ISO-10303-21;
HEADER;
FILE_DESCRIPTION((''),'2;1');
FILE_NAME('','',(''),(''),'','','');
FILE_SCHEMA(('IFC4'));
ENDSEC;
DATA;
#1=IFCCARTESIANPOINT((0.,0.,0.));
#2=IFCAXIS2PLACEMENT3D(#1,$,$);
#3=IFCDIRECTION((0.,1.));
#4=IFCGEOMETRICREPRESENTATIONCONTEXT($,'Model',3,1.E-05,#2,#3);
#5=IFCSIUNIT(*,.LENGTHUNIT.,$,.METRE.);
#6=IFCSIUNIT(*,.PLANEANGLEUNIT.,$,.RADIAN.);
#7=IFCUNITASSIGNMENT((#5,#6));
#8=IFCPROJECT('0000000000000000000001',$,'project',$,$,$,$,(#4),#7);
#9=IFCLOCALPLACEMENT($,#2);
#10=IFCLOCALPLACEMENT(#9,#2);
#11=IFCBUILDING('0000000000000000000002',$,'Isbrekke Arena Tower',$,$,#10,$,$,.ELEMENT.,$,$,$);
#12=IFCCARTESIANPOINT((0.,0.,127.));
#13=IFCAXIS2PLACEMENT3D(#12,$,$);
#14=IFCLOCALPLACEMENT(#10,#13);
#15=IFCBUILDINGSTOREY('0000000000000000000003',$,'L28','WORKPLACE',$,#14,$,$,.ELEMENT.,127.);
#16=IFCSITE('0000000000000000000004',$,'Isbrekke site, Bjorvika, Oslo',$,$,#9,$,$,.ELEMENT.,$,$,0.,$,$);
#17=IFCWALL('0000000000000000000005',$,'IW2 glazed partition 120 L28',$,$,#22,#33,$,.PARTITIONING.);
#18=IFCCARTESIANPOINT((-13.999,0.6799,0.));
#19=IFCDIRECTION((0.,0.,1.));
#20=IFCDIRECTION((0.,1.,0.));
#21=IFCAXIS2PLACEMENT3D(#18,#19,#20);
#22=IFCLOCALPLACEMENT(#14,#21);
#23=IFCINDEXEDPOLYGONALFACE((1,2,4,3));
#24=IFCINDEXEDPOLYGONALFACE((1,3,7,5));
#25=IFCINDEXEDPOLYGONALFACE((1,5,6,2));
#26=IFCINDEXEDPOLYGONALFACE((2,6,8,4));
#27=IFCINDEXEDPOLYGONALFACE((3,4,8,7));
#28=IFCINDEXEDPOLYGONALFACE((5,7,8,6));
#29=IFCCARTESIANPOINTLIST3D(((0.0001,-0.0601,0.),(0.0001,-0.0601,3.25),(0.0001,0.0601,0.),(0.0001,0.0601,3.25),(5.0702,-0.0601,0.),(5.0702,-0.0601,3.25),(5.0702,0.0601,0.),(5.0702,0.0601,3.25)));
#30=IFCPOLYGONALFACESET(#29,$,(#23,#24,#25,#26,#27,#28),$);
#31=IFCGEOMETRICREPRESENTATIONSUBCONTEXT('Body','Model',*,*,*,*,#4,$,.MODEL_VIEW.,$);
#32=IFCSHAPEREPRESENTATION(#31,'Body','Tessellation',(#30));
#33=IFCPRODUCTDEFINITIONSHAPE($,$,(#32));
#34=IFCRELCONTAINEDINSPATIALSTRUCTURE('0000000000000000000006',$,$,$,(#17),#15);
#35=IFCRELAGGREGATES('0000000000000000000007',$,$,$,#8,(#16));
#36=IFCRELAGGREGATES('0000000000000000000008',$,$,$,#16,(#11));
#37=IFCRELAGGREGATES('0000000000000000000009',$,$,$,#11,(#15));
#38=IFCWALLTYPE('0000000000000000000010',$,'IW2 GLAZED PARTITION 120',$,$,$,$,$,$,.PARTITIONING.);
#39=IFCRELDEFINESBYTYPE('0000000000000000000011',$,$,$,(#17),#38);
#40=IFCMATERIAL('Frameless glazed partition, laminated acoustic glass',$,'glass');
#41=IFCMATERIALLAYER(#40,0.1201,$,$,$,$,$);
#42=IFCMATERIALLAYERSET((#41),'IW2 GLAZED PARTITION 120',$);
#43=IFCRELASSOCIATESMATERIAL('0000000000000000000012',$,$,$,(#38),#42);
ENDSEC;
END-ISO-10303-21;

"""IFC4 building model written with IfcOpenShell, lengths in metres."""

from ifc_helpers import new_model, si_unit, direction, frame, frame_2d, origin, place, context, subcontext, project, spatial, rectangle, extrude, material, layer, layer_set, type_object, element, save


model = new_model("IFC4")

# Units and contexts
model_context = context("Model", 3, precision=1e-05, world=origin(), true_north=direction((0.0, 1.0)))
body_context = subcontext(model_context, "Body", "Model", "MODEL_VIEW")
ifc_project = project(units=[si_unit("LENGTHUNIT", "METRE"), si_unit("PLANEANGLEUNIT", "RADIAN")], contexts=[model_context])

# Site, building, storey
site_placement = place(None, origin())
site = spatial("IfcSite", under=ifc_project, at=site_placement, Name="Isbrekke site, Bjorvika, Oslo", CompositionType="ELEMENT", RefElevation=0.0)
building_placement = place(site_placement, origin())
building = spatial("IfcBuilding", under=site, at=building_placement, Name="Isbrekke Arena Tower", CompositionType="ELEMENT")
storey_placement = place(building_placement, frame((0.0, 0.0, 127.0)))
storey = spatial("IfcBuildingStorey", under=building, at=storey_placement, Name="L28", Description="WORKPLACE", CompositionType="ELEMENT", Elevation=127.0)

# Shared definitions
ifc_material_1 = material(Name="Frameless glazed partition, laminated acoustic glass", Category="glass")
ifc_layer_1 = layer(ifc_material_1, 0.1201)
ifc_layer_set_1 = layer_set([ifc_layer_1], Name="IW2 GLAZED PARTITION 120")
wall_type_1 = type_object("IfcWallType", Name="IW2 GLAZED PARTITION 120", PredefinedType="PARTITIONING", material=ifc_layer_set_1)

# Wall
wall_1_placement = place(storey_placement, frame((-13.999, 0.6799, 0.0), z_axis=(0.0, 0.0, 1.0), x_axis=(0.0, 1.0, 0.0)))
element("IfcWall", 1, at=wall_1_placement, inside=storey, type_object=wall_type_1, Name="IW2 glazed partition 120 L28", PredefinedType="PARTITIONING", context=body_context, shape_type="SweptSolid", body=[
    extrude(rectangle(XDim=5.0701, YDim=0.1201, at=frame_2d((2.5352, 0.0))), origin(), (0.0, 0.0, 1.0), 3.25),
])

save(model, "model.ifc")
